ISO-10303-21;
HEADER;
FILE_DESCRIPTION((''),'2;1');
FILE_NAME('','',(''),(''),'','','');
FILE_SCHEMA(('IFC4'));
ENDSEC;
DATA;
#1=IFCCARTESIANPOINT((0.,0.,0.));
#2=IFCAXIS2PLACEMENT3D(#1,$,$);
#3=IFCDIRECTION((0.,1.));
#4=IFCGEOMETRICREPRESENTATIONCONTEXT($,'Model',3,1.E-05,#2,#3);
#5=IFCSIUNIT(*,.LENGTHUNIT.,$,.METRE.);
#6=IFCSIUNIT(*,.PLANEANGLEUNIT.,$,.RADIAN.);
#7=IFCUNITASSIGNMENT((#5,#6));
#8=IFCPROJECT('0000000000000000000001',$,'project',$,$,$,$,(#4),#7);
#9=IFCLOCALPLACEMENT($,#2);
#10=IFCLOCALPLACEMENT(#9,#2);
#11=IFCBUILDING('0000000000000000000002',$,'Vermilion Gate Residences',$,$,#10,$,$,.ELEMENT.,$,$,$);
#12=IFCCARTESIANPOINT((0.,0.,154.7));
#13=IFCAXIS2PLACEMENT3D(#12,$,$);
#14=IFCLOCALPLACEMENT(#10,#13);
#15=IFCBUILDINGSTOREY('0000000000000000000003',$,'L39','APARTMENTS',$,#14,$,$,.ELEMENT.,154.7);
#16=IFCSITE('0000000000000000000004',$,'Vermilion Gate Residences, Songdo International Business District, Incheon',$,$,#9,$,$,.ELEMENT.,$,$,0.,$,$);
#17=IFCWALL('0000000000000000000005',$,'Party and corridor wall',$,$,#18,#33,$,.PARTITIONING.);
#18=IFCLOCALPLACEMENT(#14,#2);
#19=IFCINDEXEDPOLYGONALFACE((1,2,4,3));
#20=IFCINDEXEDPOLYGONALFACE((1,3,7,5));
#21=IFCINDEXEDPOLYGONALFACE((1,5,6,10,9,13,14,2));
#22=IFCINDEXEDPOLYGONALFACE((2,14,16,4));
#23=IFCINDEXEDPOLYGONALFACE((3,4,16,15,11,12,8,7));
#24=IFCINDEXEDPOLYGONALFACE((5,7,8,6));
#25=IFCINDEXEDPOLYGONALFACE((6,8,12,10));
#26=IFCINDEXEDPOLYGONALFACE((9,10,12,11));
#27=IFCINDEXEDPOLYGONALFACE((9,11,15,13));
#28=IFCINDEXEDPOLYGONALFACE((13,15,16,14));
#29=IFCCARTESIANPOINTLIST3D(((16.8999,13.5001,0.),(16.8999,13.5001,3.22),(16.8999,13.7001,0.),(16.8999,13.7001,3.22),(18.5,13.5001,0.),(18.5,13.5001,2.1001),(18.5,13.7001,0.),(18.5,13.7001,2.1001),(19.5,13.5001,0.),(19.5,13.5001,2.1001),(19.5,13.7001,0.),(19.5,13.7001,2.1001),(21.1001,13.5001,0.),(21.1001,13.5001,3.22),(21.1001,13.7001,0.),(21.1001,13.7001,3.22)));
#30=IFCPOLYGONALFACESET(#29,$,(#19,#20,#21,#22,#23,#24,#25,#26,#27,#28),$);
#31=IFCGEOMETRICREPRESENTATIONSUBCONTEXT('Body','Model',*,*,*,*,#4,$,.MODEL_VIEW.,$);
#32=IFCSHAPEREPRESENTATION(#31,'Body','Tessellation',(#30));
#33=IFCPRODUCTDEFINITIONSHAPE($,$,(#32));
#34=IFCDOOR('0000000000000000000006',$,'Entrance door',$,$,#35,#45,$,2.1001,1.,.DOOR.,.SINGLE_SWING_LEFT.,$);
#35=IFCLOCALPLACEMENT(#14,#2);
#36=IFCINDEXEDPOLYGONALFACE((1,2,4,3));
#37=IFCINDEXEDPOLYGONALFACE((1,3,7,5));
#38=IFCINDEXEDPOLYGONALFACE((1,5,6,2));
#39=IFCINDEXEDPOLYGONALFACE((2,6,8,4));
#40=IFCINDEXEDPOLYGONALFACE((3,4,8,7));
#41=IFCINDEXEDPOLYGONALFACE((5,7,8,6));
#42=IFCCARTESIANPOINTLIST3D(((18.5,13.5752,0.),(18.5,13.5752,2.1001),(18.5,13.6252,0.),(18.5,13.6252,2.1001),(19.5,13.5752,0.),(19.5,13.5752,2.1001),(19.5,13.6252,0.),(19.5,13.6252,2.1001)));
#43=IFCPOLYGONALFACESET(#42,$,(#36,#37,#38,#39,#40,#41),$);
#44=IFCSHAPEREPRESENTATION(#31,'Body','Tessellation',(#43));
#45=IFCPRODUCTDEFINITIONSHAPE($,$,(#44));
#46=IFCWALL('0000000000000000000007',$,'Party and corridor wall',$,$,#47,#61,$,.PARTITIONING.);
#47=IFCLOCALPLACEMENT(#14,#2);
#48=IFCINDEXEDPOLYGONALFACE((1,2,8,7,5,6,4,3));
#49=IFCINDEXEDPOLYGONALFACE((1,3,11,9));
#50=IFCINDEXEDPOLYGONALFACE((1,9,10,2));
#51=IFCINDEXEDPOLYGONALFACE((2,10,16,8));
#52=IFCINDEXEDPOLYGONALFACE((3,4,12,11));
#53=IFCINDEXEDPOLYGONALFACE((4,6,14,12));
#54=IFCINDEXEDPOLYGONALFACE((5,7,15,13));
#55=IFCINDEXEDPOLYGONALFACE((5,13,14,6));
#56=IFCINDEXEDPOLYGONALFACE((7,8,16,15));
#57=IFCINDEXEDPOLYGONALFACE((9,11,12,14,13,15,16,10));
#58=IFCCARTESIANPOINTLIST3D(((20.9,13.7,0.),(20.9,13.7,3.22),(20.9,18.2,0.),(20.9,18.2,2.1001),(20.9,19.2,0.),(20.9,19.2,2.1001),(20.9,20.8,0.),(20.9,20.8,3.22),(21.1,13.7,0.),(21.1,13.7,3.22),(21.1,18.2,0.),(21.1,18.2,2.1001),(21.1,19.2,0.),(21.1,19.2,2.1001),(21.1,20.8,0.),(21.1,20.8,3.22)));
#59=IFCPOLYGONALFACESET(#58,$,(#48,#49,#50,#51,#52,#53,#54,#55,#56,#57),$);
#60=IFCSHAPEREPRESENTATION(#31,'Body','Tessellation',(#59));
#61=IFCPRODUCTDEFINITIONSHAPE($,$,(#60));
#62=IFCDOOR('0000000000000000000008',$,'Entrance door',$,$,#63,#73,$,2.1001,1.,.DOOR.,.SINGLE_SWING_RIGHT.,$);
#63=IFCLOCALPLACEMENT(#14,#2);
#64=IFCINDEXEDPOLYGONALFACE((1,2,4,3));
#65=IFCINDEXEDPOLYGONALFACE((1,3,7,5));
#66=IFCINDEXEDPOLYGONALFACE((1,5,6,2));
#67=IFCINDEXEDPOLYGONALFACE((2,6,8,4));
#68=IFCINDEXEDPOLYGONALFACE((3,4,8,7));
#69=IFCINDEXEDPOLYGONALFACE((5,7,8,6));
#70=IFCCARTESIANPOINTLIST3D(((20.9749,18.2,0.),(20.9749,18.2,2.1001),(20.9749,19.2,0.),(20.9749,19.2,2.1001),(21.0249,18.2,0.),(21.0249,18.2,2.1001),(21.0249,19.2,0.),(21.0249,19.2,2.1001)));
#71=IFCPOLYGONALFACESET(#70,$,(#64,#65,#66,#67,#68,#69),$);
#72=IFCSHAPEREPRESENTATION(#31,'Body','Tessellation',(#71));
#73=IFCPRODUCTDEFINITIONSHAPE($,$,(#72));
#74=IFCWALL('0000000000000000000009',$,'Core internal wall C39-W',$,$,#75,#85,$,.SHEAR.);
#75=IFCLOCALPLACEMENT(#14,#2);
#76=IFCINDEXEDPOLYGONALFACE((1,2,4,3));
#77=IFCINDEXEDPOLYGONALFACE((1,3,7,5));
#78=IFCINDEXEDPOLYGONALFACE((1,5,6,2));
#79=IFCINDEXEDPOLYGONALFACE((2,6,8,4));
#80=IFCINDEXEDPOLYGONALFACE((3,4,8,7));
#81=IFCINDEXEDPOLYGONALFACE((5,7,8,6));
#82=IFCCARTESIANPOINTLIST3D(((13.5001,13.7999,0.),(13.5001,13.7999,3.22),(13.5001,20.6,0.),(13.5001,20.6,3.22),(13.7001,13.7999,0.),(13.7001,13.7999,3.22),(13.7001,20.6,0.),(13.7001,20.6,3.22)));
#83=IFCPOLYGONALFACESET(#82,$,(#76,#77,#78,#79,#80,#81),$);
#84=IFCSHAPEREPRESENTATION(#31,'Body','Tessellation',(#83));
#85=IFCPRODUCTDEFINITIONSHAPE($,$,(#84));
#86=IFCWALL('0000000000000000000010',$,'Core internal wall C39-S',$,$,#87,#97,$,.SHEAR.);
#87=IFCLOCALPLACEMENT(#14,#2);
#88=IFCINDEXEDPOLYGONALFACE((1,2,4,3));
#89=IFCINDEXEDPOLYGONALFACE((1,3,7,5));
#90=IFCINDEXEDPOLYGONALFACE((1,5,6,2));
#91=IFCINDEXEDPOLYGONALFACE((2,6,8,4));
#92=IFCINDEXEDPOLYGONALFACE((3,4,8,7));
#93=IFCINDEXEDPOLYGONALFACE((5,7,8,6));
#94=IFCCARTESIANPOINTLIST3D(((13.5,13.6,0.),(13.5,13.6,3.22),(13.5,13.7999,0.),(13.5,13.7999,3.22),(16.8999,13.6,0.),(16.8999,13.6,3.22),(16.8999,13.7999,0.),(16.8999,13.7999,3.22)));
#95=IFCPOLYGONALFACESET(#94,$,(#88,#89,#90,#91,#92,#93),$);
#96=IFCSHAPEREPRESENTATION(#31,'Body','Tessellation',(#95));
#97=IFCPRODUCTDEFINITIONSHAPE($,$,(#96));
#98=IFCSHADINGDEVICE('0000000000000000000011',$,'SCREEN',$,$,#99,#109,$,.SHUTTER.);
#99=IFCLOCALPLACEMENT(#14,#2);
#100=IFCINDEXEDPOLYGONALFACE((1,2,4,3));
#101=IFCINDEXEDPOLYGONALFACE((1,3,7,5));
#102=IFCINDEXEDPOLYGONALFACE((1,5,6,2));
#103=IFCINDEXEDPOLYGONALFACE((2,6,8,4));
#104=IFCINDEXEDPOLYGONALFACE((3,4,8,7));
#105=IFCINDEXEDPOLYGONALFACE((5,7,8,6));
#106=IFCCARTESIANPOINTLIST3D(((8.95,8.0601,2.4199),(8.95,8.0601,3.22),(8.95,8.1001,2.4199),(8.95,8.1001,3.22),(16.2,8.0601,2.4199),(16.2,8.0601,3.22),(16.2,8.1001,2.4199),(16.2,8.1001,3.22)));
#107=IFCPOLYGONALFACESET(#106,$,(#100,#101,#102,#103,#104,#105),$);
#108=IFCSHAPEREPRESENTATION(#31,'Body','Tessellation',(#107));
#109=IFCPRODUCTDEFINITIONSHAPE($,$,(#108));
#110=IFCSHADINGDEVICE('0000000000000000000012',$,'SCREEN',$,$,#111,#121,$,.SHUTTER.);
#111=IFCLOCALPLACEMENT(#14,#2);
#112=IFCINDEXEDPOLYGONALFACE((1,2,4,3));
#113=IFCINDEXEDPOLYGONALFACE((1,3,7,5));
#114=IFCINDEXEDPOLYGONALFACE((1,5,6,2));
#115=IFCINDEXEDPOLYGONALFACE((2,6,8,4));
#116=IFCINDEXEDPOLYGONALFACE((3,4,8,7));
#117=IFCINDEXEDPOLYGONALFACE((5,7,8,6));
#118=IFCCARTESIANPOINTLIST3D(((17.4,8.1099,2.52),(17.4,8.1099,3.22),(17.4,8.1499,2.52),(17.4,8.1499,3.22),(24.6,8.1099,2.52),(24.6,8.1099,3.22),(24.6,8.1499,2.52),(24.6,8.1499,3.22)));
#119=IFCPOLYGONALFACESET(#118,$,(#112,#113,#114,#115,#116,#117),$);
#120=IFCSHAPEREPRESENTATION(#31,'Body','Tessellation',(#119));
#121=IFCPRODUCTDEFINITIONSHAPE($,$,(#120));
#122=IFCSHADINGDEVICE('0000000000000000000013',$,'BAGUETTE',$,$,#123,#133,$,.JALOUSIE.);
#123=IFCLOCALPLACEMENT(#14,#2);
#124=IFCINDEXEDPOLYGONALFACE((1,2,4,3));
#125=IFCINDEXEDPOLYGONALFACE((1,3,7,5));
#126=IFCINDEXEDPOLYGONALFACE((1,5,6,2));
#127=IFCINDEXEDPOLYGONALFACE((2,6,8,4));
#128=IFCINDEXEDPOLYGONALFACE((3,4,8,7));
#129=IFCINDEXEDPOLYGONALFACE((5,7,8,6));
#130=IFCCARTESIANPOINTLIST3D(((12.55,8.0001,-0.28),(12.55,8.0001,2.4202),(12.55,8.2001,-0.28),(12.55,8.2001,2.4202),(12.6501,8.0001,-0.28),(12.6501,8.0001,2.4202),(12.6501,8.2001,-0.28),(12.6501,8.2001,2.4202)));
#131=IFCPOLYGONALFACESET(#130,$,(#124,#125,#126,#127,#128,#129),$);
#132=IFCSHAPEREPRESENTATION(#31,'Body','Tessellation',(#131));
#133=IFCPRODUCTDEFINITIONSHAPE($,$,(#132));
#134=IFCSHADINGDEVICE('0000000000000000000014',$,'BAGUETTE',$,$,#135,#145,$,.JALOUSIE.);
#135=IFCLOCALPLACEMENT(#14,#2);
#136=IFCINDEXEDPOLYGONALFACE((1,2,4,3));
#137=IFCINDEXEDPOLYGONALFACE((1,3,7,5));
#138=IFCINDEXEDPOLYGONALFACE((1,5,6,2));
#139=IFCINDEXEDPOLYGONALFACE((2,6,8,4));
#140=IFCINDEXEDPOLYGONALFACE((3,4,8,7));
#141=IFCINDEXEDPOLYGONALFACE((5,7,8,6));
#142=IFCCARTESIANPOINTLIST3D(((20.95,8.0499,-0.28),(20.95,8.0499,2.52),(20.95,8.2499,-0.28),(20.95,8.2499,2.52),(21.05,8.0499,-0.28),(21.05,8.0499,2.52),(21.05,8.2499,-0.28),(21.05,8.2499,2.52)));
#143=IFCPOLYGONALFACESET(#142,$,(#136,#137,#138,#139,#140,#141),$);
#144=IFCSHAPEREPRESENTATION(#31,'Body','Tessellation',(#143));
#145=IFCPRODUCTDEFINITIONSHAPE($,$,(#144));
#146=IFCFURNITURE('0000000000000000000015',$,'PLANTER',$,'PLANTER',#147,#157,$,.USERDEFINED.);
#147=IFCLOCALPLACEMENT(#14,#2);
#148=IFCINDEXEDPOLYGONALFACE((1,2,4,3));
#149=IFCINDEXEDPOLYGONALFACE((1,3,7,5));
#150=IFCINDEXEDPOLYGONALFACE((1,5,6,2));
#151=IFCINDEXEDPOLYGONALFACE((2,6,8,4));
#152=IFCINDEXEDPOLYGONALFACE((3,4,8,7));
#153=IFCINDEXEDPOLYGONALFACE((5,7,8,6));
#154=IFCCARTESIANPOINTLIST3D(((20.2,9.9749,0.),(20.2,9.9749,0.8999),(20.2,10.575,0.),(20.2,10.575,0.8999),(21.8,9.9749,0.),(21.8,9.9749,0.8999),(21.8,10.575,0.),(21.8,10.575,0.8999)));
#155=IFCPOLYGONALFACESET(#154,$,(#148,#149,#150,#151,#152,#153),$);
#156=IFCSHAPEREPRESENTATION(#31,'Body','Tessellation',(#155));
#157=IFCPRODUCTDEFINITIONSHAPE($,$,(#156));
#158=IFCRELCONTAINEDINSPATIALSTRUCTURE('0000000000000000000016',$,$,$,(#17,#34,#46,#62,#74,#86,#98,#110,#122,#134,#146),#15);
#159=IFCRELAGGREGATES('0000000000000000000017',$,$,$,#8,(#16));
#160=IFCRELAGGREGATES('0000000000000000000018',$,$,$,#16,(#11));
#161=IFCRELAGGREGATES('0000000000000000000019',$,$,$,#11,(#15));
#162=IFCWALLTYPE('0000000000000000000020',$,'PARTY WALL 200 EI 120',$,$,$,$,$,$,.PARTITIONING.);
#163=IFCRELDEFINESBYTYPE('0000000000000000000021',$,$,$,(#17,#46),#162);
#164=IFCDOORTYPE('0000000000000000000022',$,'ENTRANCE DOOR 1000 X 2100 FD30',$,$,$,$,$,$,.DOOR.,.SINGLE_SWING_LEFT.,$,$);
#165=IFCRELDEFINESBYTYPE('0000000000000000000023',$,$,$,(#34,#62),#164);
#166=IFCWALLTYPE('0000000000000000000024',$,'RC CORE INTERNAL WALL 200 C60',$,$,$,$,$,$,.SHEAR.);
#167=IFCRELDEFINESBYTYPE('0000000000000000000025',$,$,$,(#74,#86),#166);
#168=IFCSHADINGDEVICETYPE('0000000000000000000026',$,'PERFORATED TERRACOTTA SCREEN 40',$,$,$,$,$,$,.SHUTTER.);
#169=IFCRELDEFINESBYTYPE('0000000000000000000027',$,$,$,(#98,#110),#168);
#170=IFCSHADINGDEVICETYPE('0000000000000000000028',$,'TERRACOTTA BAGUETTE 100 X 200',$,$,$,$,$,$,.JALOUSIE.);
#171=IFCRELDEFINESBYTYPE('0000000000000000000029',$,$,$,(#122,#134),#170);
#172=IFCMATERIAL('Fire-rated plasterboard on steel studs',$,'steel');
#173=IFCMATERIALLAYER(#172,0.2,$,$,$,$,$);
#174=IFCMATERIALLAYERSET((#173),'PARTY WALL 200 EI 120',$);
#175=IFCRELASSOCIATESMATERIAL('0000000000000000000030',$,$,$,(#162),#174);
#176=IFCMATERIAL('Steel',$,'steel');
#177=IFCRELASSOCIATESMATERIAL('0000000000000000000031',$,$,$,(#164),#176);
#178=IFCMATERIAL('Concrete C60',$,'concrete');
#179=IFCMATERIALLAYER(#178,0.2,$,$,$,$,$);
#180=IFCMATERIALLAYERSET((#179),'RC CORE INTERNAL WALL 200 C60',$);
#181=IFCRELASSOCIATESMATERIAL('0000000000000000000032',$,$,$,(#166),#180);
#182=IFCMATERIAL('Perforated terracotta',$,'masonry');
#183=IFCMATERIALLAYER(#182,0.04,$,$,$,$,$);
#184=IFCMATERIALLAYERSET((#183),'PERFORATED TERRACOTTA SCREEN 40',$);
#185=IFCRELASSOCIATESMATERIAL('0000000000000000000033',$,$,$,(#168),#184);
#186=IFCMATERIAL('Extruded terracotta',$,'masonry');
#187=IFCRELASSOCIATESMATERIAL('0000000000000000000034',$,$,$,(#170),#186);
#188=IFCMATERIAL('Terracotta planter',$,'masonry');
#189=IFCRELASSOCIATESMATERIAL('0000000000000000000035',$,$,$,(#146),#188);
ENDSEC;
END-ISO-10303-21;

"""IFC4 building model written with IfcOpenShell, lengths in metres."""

from ifc_helpers import new_model, si_unit, direction, frame, frame_2d, origin, origin_2d, place, context, subcontext, project, spatial, rectangle, extrude, material, layer, layer_set, material_profile, profile_set, type_object, element, fill, save


model = new_model("IFC4")

# Units and contexts
model_context = context("Model", 3, precision=1e-05, world=origin(), true_north=direction((0.0, 1.0)))
body_context = subcontext(model_context, "Body", "Model", "MODEL_VIEW")
ifc_project = project(units=[si_unit("LENGTHUNIT", "METRE"), si_unit("PLANEANGLEUNIT", "RADIAN")], contexts=[model_context])

# Site, building, storey
site_placement = place(None, origin())
site = spatial("IfcSite", under=ifc_project, at=site_placement, Name="Vermilion Gate Residences, Songdo International Business District, Incheon", CompositionType="ELEMENT", RefElevation=0.0)
building_placement = place(site_placement, origin())
building = spatial("IfcBuilding", under=site, at=building_placement, Name="Vermilion Gate Residences", CompositionType="ELEMENT")
storey_placement = place(building_placement, frame((0.0, 0.0, 154.7)))
storey = spatial("IfcBuildingStorey", under=building, at=storey_placement, Name="L39", Description="APARTMENTS", CompositionType="ELEMENT", Elevation=154.7)

# Walls, openings, doors
ifc_material_1 = material(Name="Fire-rated plasterboard on steel studs", Category="steel")
ifc_layer_1 = layer(ifc_material_1, 0.2)
ifc_layer_set_1 = layer_set([ifc_layer_1], Name="PARTY WALL 200 EI 120")
wall_type_1 = type_object("IfcWallType", Name="PARTY WALL 200 EI 120", PredefinedType="PARTITIONING", material=ifc_layer_set_1)
wall_1_placement = place(storey_placement, frame((16.8999, 13.6001, 0.0), z_axis=(0.0, 0.0, 1.0), x_axis=(1.0, 0.0, 0.0)))
wall_1 = element("IfcWall", 1, at=wall_1_placement, inside=storey, type_object=wall_type_1, Name="Party and corridor wall", PredefinedType="PARTITIONING", context=body_context, shape_type="SweptSolid", body=[
    extrude(rectangle(XDim=4.2002, YDim=0.2, at=frame_2d((2.1001, 0.0))), origin(), (0.0, 0.0, 1.0), 3.22),
])
opening_1_placement = place(wall_1_placement, frame((1.6001, 0.0, 0.0)))
opening_1 = element("IfcOpeningElement", 2, at=opening_1_placement, cuts=wall_1, PredefinedType="OPENING", context=body_context, shape_type="SweptSolid", body=[
    extrude(rectangle(XDim=1.0, YDim=2.1001, at=frame_2d((0.5, 1.05))), frame((0.0, 0.1099, 0.0), z_axis=(0.0, -1.0, 0.0), x_axis=(1.0, 0.0, 0.0)), (0.0, 0.0, 1.0), 0.22),
])
ifc_material_2 = material(Name="Steel", Category="steel")
door_type_1 = type_object("IfcDoorType", Name="ENTRANCE DOOR 1000 X 2100 FD30", OperationType="SINGLE_SWING_LEFT", PredefinedType="DOOR", material=ifc_material_2)
door_1_placement = place(opening_1_placement, frame((1.0, 0.0, 0.0), z_axis=(0.0, 0.0, 1.0), x_axis=(-1.0, 0.0, 0.0)))
door_1 = element("IfcDoor", 3, at=door_1_placement, inside=storey, type_object=door_type_1, Name="Entrance door", OperationType="SINGLE_SWING_LEFT", OverallHeight=2.1001, OverallWidth=1.0, PredefinedType="DOOR", context=body_context, shape_type="SweptSolid", body=[
    extrude(rectangle(XDim=1.0, YDim=2.1001, at=frame_2d((0.5, 1.05))), frame((0.0, 0.0249, 0.0), z_axis=(0.0, -1.0, 0.0), x_axis=(1.0, 0.0, 0.0)), (0.0, 0.0, 1.0), 0.05),
])
fill(opening_1, door_1)
wall_2_placement = place(storey_placement, frame((21.0, 13.7, 0.0), z_axis=(0.0, 0.0, 1.0), x_axis=(0.0, 1.0, 0.0)))
wall_2 = element("IfcWall", 4, at=wall_2_placement, inside=storey, type_object=wall_type_1, Name="Party and corridor wall", PredefinedType="PARTITIONING", context=body_context, shape_type="SweptSolid", body=[
    extrude(rectangle(XDim=7.1001, YDim=0.2, at=frame_2d((3.55, 0.0))), origin(), (0.0, 0.0, 1.0), 3.22),
])
opening_2_placement = place(wall_2_placement, frame((4.5, 0.0, 0.0)))
opening_2 = element("IfcOpeningElement", 5, at=opening_2_placement, cuts=wall_2, PredefinedType="OPENING", context=body_context, shape_type="SweptSolid", body=[
    extrude(rectangle(XDim=1.0, YDim=2.1001, at=frame_2d((0.5, 1.05))), frame((0.0, 0.1099, 0.0), z_axis=(0.0, -1.0, 0.0), x_axis=(1.0, 0.0, 0.0)), (0.0, 0.0, 1.0), 0.22),
])
door_2_placement = place(opening_2_placement, frame((1.0, 0.0, 0.0), z_axis=(0.0, 0.0, 1.0), x_axis=(-1.0, 0.0, 0.0)))
door_2 = element("IfcDoor", 6, at=door_2_placement, inside=storey, type_object=door_type_1, Name="Entrance door", OperationType="SINGLE_SWING_RIGHT", OverallHeight=2.1001, OverallWidth=1.0, PredefinedType="DOOR", context=body_context, shape_type="SweptSolid", body=[
    extrude(rectangle(XDim=1.0, YDim=2.1001, at=frame_2d((0.5, 1.05))), frame((0.0, 0.0249, 0.0), z_axis=(0.0, -1.0, 0.0), x_axis=(1.0, 0.0, 0.0)), (0.0, 0.0, 1.0), 0.05),
])
fill(opening_2, door_2)

# Walls
ifc_material_3 = material(Name="Concrete C60", Category="concrete")
ifc_layer_2 = layer(ifc_material_3, 0.2)
ifc_layer_set_2 = layer_set([ifc_layer_2], Name="RC CORE INTERNAL WALL 200 C60")
wall_type_2 = type_object("IfcWallType", Name="RC CORE INTERNAL WALL 200 C60", PredefinedType="SHEAR", material=ifc_layer_set_2)
wall_3_placement = place(storey_placement, frame((13.6001, 13.8, 0.0), z_axis=(0.0, 0.0, 1.0), x_axis=(0.0, 1.0, 0.0)))
element("IfcWall", 7, at=wall_3_placement, inside=storey, type_object=wall_type_2, Name="Core internal wall C39-W", PredefinedType="SHEAR", context=body_context, shape_type="SweptSolid", body=[
    extrude(rectangle(XDim=6.8, YDim=0.2, at=frame_2d((3.3999, 0.0))), origin(), (0.0, 0.0, 1.0), 3.22),
])
wall_4_placement = place(storey_placement, frame((13.5, 13.7, 0.0), z_axis=(0.0, 0.0, 1.0), x_axis=(1.0, 0.0, 0.0)))
element("IfcWall", 8, at=wall_4_placement, inside=storey, type_object=wall_type_2, Name="Core internal wall C39-S", PredefinedType="SHEAR", context=body_context, shape_type="SweptSolid", body=[
    extrude(rectangle(XDim=3.3999, YDim=0.2, at=frame_2d((1.7, 0.0))), origin(), (0.0, 0.0, 1.0), 3.22),
])

# Shading devices
ifc_material_4 = material(Name="Perforated terracotta", Category="masonry")
ifc_layer_3 = layer(ifc_material_4, 0.04)
ifc_layer_set_3 = layer_set([ifc_layer_3], Name="PERFORATED TERRACOTTA SCREEN 40")
shading_device_type_1 = type_object("IfcShadingDeviceType", Name="PERFORATED TERRACOTTA SCREEN 40", PredefinedType="SHUTTER", material=ifc_layer_set_3)
shading_device_1_placement = place(storey_placement, frame((12.575, 8.0801, 2.4199), z_axis=(0.0, 0.0, 1.0), x_axis=(1.0, 0.0, 0.0)))
element("IfcShadingDevice", 9, at=shading_device_1_placement, inside=storey, type_object=shading_device_type_1, Name="SCREEN", PredefinedType="SHUTTER", context=body_context, shape_type="SweptSolid", body=[
    extrude(rectangle(XDim=7.25, YDim=0.04, at=origin_2d()), origin(), (0.0, 0.0, 1.0), 0.8),
])
shading_device_2_placement = place(storey_placement, frame((21.0, 8.1299, 2.52), z_axis=(0.0, 0.0, 1.0), x_axis=(1.0, 0.0, 0.0)))
element("IfcShadingDevice", 10, at=shading_device_2_placement, inside=storey, type_object=shading_device_type_1, Name="SCREEN", PredefinedType="SHUTTER", context=body_context, shape_type="SweptSolid", body=[
    extrude(rectangle(XDim=7.2, YDim=0.04, at=origin_2d()), origin(), (0.0, 0.0, 1.0), 0.7),
])
ifc_material_5 = material(Name="Extruded terracotta", Category="masonry")
ifc_material_profile_1 = material_profile(ifc_material_5, rectangle(XDim=0.2, YDim=0.1001, at=origin_2d()), Name="BAGUETTE 100 X 200")
ifc_profile_set_1 = profile_set([ifc_material_profile_1], Name="Extruded terracotta")
shading_device_type_2 = type_object("IfcShadingDeviceType", Name="TERRACOTTA BAGUETTE 100 X 200", PredefinedType="JALOUSIE", material=ifc_profile_set_1)
shading_device_3_placement = place(storey_placement, frame((12.6001, 8.1001, -0.28), z_axis=(0.0, 0.0, 1.0), x_axis=(0.0, 1.0, 0.0)))
element("IfcShadingDevice", 11, at=shading_device_3_placement, inside=storey, type_object=shading_device_type_2, Name="BAGUETTE", PredefinedType="JALOUSIE", context=body_context, shape_type="SweptSolid", body=[
    extrude(rectangle(XDim=0.2, YDim=0.1001, at=origin_2d()), origin(), (0.0, 0.0, 1.0), 2.7002),
])
shading_device_4_placement = place(storey_placement, frame((21.0, 8.1499, -0.28), z_axis=(0.0, 0.0, 1.0), x_axis=(0.0, 1.0, 0.0)))
element("IfcShadingDevice", 12, at=shading_device_4_placement, inside=storey, type_object=shading_device_type_2, Name="BAGUETTE", PredefinedType="JALOUSIE", context=body_context, shape_type="SweptSolid", body=[
    extrude(rectangle(XDim=0.2, YDim=0.1001, at=origin_2d()), origin(), (0.0, 0.0, 1.0), 2.8),
])

# Furniture
ifc_material_6 = material(Name="Terracotta planter", Category="masonry")
furniture_placement = place(storey_placement, frame((21.0, 10.2749, 0.0), z_axis=(0.0, 0.0, 1.0), x_axis=(1.0, 0.0, 0.0)))
element("IfcFurniture", 13, at=furniture_placement, inside=storey, material=ifc_material_6, Name="PLANTER", ObjectType="PLANTER", PredefinedType="USERDEFINED", context=body_context, shape_type="SweptSolid", body=[
    extrude(rectangle(XDim=1.6001, YDim=0.6001, at=origin_2d()), origin(), (0.0, 0.0, 1.0), 0.8999),
])

save(model, "model.ifc")
